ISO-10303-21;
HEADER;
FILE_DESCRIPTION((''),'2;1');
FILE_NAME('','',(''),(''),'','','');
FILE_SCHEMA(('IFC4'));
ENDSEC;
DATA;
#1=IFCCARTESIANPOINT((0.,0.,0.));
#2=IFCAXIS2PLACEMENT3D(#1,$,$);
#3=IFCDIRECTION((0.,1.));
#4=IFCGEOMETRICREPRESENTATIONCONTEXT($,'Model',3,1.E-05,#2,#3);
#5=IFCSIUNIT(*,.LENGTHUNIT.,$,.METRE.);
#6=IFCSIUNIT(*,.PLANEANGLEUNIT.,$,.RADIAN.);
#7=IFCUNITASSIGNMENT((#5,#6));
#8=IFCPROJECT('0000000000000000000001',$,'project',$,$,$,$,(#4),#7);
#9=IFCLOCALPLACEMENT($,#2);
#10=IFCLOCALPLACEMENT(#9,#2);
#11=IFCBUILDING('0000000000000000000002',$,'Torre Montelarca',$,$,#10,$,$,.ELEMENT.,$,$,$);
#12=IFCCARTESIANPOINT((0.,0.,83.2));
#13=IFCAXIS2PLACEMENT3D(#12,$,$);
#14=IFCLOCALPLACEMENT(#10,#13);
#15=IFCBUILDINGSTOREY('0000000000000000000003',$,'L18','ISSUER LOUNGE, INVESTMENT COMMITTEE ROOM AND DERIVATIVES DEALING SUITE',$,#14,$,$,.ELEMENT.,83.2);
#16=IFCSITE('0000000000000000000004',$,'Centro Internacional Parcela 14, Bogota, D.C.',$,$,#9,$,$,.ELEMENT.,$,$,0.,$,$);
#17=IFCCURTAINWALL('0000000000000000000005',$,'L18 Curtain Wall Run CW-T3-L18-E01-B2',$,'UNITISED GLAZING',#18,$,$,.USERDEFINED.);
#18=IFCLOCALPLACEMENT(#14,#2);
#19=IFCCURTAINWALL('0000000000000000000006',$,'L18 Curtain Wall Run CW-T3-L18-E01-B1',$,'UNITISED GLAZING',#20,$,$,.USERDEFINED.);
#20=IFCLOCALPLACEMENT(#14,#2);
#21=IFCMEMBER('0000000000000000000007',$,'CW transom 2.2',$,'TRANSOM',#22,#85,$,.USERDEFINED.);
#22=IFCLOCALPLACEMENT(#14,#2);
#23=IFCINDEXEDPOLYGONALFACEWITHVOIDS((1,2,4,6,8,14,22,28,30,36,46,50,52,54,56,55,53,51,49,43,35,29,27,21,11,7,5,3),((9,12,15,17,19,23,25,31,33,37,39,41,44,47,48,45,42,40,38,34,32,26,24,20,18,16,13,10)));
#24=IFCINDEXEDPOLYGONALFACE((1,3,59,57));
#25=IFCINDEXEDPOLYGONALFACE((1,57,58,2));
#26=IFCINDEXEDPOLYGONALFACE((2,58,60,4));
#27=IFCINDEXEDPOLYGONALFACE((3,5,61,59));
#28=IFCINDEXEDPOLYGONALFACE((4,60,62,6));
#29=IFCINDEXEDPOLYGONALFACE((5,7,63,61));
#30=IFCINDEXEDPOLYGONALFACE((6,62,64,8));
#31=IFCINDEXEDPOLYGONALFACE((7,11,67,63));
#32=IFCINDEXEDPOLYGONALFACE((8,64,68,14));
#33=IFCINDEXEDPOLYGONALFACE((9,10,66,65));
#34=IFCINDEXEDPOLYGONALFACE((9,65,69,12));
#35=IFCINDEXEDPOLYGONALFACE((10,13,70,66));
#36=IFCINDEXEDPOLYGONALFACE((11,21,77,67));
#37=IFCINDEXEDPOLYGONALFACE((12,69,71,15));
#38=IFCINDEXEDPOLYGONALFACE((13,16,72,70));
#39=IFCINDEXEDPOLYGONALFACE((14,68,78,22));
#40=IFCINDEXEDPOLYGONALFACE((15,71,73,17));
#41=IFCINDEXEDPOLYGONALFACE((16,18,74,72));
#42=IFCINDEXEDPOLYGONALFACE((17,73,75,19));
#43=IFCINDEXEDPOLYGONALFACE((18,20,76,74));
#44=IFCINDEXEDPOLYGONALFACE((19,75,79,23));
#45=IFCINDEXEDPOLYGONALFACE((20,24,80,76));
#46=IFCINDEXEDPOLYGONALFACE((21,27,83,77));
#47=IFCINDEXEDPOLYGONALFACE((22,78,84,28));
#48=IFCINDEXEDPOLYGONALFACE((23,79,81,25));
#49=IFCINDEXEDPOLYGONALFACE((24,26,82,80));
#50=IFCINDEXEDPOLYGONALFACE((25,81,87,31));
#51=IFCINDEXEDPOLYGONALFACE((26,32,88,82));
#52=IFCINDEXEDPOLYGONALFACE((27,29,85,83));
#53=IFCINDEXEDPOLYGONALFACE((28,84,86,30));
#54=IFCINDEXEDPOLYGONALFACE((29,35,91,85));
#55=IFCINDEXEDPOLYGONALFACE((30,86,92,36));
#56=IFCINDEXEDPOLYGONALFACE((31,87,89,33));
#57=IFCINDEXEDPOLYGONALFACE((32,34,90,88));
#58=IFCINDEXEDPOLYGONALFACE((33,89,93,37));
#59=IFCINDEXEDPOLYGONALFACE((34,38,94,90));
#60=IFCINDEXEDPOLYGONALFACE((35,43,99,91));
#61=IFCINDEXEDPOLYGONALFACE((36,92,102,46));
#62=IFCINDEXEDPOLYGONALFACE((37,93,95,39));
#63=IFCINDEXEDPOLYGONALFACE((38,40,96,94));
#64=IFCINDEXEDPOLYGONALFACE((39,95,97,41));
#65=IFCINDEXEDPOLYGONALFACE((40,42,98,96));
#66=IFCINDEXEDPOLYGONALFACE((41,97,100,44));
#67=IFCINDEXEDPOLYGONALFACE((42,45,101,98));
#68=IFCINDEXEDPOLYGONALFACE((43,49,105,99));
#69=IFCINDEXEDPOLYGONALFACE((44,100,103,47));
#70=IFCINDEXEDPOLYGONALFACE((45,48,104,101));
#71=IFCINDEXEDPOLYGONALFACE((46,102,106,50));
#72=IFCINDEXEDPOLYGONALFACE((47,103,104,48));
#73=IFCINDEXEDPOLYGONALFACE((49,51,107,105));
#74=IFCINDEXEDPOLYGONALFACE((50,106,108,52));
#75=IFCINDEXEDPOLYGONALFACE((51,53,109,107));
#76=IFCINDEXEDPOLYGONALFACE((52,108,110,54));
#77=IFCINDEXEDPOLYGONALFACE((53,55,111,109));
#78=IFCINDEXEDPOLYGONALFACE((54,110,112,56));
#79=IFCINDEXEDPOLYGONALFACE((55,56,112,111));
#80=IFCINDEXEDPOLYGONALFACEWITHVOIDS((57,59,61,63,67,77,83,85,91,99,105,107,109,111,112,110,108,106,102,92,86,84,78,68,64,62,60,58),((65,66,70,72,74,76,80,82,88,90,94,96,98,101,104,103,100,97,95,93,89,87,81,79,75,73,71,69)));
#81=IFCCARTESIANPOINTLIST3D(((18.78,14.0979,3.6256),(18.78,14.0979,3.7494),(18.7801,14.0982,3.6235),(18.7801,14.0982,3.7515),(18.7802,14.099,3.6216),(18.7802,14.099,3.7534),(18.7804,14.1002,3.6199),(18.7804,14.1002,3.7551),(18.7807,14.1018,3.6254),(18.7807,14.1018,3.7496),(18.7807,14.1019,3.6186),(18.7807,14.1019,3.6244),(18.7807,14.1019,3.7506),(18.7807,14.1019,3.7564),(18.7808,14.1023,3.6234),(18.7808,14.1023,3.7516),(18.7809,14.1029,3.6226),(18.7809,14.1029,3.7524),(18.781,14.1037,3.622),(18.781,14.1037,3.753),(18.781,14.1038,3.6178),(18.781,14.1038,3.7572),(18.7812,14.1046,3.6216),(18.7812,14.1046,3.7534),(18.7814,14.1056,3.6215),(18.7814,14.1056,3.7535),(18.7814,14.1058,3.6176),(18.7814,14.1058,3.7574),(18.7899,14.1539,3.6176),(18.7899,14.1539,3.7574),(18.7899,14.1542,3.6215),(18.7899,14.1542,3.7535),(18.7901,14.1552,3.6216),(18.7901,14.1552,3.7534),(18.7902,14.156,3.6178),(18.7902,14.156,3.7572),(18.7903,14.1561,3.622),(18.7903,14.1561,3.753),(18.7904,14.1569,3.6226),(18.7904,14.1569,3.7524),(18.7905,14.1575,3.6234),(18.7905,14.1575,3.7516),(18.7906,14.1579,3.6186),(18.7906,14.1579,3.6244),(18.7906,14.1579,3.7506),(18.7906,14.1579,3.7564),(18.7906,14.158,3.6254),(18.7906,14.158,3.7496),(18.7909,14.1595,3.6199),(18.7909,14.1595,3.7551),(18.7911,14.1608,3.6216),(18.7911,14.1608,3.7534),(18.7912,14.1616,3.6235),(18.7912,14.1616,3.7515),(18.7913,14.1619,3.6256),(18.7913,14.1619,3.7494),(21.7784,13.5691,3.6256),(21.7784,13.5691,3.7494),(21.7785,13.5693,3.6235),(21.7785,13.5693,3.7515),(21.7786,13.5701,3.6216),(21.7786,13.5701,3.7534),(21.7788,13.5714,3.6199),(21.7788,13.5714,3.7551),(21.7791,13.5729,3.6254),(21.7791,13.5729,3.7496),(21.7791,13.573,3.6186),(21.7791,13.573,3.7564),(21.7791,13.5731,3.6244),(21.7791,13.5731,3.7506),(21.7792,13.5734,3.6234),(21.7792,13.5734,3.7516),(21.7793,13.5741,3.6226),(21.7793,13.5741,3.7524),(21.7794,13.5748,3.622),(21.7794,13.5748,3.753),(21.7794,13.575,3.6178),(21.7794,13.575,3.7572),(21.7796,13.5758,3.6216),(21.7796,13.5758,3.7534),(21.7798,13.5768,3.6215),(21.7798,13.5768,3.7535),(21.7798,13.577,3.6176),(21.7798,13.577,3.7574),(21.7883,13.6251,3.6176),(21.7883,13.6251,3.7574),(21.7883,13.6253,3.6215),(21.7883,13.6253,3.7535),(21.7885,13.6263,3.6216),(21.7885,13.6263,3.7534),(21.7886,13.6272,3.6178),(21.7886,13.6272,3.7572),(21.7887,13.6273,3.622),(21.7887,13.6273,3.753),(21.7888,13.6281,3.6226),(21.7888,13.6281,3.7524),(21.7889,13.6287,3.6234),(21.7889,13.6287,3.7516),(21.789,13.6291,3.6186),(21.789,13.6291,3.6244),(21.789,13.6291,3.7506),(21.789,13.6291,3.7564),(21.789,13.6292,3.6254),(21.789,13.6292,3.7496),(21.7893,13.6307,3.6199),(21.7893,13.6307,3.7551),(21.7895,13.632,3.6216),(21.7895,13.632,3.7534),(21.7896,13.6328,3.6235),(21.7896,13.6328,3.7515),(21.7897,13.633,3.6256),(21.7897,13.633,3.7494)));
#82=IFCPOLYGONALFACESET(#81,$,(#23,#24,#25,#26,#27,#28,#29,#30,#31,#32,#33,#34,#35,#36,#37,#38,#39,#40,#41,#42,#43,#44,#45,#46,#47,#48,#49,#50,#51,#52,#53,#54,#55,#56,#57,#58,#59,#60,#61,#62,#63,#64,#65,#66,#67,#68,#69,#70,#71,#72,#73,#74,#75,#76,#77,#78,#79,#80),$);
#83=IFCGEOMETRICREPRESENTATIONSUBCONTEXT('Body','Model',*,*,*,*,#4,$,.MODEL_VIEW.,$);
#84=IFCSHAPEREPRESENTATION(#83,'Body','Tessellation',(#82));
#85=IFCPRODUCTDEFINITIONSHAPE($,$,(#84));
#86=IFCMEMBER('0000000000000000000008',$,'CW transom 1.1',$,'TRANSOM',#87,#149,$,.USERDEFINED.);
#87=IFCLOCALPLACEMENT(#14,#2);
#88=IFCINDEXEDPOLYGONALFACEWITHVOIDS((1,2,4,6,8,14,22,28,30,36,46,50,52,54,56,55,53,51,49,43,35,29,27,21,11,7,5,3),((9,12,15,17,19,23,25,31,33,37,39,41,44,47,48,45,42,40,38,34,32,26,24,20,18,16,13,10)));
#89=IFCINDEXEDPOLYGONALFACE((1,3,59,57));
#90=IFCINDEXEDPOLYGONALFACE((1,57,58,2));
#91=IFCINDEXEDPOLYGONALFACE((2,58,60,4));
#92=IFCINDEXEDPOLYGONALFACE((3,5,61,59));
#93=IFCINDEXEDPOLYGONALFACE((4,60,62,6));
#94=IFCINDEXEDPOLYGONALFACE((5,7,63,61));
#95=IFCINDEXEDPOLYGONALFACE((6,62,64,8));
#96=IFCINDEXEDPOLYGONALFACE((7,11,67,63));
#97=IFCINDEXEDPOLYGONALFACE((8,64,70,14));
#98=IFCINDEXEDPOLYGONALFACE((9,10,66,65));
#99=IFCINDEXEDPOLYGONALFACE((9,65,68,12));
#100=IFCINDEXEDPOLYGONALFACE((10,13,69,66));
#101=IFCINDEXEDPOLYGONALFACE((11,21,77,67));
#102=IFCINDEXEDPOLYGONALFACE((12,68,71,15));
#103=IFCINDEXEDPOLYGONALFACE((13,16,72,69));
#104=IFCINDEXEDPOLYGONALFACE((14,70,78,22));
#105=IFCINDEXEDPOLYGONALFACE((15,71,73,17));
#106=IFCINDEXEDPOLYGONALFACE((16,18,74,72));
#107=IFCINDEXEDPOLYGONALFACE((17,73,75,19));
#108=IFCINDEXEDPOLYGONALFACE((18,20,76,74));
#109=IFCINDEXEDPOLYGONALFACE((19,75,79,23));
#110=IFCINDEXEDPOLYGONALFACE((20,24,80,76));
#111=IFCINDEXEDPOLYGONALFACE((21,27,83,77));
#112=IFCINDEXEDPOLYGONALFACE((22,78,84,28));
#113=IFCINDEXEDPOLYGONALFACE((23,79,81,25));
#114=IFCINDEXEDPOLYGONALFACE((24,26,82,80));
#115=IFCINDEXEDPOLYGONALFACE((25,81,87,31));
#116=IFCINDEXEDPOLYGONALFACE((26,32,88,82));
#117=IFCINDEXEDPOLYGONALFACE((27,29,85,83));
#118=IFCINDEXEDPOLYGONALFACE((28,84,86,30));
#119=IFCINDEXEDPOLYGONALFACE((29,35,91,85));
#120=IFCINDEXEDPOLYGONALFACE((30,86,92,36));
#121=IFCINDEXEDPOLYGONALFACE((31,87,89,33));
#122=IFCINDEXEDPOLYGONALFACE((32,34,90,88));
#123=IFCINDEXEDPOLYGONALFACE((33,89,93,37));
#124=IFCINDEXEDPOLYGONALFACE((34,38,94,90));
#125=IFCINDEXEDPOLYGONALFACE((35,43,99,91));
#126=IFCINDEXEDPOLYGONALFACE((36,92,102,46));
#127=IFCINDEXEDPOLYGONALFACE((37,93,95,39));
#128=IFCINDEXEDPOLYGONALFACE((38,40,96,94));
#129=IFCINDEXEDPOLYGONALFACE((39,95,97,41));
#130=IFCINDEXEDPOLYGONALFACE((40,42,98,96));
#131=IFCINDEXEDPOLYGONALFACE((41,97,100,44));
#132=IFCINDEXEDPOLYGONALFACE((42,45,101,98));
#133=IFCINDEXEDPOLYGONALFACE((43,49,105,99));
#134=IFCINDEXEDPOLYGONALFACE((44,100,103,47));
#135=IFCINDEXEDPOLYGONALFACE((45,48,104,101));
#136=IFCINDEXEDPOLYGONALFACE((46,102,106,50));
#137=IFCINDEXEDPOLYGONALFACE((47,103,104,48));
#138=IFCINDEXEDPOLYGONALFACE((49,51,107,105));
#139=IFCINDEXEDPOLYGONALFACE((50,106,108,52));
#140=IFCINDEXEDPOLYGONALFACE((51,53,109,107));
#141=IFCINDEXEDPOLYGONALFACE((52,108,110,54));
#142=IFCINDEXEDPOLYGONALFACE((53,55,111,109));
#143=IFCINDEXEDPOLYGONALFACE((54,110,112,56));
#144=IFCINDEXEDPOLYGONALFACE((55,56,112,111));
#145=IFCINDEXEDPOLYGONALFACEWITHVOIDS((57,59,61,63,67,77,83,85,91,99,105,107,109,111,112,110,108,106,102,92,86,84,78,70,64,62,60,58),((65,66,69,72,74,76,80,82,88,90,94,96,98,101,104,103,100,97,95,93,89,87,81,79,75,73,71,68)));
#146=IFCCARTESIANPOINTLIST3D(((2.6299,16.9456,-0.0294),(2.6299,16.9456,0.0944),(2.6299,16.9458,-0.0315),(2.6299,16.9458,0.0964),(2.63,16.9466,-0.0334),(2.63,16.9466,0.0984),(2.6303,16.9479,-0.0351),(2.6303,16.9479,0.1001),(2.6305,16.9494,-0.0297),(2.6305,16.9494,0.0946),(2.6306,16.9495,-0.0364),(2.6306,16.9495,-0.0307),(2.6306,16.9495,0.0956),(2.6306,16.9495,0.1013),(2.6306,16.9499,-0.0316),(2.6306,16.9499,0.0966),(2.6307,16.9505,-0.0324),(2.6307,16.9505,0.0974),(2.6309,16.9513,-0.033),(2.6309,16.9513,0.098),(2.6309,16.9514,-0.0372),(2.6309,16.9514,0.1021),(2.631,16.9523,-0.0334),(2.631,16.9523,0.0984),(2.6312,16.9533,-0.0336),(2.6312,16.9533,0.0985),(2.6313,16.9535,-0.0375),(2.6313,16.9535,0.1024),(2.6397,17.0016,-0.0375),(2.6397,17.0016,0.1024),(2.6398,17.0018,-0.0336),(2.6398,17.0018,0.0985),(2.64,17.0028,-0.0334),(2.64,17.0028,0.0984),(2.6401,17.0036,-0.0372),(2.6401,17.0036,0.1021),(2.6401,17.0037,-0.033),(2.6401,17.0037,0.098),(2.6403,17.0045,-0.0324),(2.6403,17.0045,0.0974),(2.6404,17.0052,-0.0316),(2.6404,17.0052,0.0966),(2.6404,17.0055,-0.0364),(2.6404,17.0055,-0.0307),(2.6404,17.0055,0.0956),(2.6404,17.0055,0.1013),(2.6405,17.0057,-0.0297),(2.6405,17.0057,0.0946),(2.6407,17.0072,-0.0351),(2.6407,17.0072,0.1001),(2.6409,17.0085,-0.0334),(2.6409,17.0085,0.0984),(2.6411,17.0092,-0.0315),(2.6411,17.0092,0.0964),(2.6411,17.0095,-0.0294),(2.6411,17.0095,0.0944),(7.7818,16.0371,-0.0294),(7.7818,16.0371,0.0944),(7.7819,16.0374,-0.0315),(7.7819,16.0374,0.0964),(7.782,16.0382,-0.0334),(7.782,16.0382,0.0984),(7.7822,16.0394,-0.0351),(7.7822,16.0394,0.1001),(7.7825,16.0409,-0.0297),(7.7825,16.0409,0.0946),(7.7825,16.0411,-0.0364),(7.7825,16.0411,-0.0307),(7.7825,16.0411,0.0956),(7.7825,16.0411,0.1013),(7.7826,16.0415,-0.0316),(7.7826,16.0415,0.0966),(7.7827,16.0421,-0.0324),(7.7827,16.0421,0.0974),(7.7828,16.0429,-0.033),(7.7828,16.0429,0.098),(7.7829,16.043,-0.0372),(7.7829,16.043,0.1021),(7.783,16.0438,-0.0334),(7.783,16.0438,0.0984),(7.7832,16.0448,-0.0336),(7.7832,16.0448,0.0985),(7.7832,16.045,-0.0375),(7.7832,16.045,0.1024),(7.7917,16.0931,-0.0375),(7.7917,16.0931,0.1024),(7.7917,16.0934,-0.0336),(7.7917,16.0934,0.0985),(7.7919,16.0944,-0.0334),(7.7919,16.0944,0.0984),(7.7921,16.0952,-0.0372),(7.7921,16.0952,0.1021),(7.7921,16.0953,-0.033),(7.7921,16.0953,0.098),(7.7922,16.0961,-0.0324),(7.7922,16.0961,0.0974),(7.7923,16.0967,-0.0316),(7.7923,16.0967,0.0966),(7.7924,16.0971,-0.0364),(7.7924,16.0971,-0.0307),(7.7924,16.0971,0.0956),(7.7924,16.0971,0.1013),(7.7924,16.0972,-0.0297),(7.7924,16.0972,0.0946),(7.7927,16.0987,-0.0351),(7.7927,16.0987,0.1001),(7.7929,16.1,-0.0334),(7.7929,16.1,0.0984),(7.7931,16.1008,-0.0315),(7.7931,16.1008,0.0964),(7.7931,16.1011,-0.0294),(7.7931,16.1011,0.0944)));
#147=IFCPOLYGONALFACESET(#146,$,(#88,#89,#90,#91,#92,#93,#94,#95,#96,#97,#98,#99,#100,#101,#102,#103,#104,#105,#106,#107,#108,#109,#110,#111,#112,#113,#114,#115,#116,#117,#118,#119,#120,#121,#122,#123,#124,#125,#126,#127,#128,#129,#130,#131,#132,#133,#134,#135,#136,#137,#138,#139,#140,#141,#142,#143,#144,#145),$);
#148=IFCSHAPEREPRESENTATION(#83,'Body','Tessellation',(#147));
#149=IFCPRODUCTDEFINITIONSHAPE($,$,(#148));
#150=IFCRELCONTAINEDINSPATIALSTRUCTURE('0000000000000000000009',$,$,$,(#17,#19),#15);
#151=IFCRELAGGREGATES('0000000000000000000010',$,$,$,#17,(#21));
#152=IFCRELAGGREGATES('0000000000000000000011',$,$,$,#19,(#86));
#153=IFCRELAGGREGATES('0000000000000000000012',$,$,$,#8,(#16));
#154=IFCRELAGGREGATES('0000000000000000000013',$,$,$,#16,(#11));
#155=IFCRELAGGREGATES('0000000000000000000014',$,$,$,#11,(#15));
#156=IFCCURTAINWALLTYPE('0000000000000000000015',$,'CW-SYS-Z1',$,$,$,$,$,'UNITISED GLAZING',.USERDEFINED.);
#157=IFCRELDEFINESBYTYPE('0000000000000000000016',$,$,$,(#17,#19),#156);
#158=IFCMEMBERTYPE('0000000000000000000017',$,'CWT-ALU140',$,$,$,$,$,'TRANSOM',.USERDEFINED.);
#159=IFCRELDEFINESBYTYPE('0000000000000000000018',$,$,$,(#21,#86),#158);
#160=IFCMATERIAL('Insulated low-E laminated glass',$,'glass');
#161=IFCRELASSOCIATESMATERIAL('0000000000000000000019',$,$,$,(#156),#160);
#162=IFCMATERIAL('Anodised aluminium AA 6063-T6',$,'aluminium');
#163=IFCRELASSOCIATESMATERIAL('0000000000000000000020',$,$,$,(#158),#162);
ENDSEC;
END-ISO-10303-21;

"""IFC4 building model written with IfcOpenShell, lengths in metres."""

from ifc_helpers import new_model, si_unit, direction, frame, origin, origin_2d, place, context, subcontext, project, spatial, hollow_rectangle, extrude, source, transform, mapped, material, material_profile, profile_set, type_object, element, aggregate, save


model = new_model("IFC4")

# Units and contexts
model_context = context("Model", 3, precision=1e-05, world=origin(), true_north=direction((0.0, 1.0)))
body_context = subcontext(model_context, "Body", "Model", "MODEL_VIEW")
ifc_project = project(units=[si_unit("LENGTHUNIT", "METRE"), si_unit("PLANEANGLEUNIT", "RADIAN")], contexts=[model_context])

# Site, building, storey
site_placement = place(None, origin())
site = spatial("IfcSite", under=ifc_project, at=site_placement, Name="Centro Internacional Parcela 14, Bogota, D.C.", CompositionType="ELEMENT", RefElevation=0.0)
building_placement = place(site_placement, origin())
building = spatial("IfcBuilding", under=site, at=building_placement, Name="Torre Montelarca", CompositionType="ELEMENT")
storey_placement = place(building_placement, frame((0.0, 0.0, 83.2)))
storey = spatial("IfcBuildingStorey", under=building, at=storey_placement, Name="L18", Description="ISSUER LOUNGE, INVESTMENT COMMITTEE ROOM AND DERIVATIVES DEALING SUITE", CompositionType="ELEMENT", Elevation=83.2)

# Curtain walls
ifc_material_1 = material(Name="Insulated low-E laminated glass", Category="glass")
curtain_wall_type = type_object("IfcCurtainWallType", Name="CW-SYS-Z1", ElementType="UNITISED GLAZING", PredefinedType="USERDEFINED", material=ifc_material_1)
curtain_wall_1_placement = place(storey_placement, origin())
curtain_wall_1 = element("IfcCurtainWall", 1, at=curtain_wall_1_placement, inside=storey, type_object=curtain_wall_type, Name="L18 Curtain Wall Run CW-T3-L18-E01-B2", ObjectType="UNITISED GLAZING", PredefinedType="USERDEFINED")
ifc_material_2 = material(Name="Anodised aluminium AA 6063-T6", Category="aluminium")
ifc_material_profile_1 = material_profile(ifc_material_2, hollow_rectangle(XDim=0.0649, YDim=0.1399, WallThickness=0.0039, InnerFilletRadius=0.0039, OuterFilletRadius=0.0081, at=origin_2d()), Name="ALU65X140X4", Category="aluminium")
ifc_profile_set_1 = profile_set([ifc_material_profile_1], Name="Anodised aluminium AA 6063-T6")
member_type_1 = type_object("IfcMemberType", Name="CWT-ALU140", ElementType="TRANSOM", PredefinedType="USERDEFINED", material=ifc_profile_set_1)
curtain_wall_2_placement = place(storey_placement, origin())
curtain_wall_2 = element("IfcCurtainWall", 2, at=curtain_wall_2_placement, inside=storey, type_object=curtain_wall_type, Name="L18 Curtain Wall Run CW-T3-L18-E01-B1", ObjectType="UNITISED GLAZING", PredefinedType="USERDEFINED")

# Members
shared_shape_1 = source(origin(), body_context, "Body", "SweptSolid", [
    extrude(hollow_rectangle(XDim=0.0649, YDim=0.1399, WallThickness=0.0039, InnerFilletRadius=0.0039, OuterFilletRadius=0.0081, at=origin_2d()), origin(), (0.0, 0.0, 1.0), 3.0447),
])
member_1_placement = place(storey_placement, frame((18.7856, 14.1299, 3.6875), z_axis=(0.984801, -0.173689, 0.0), x_axis=(0.173689, 0.984801, 0.0)))
member_1 = element("IfcMember", 3, at=member_1_placement, type_object=member_type_1, Name="CW transom 2.2", ObjectType="TRANSOM", PredefinedType="USERDEFINED", context=body_context, shape_type="MappedRepresentation", body=[
    mapped(shared_shape_1, transform((0.0, 0.0, 0.0), scale=1.0)),
])
shared_shape_2 = source(origin(), body_context, "Body", "SweptSolid", [
    extrude(hollow_rectangle(XDim=0.0649, YDim=0.1399, WallThickness=0.0039, InnerFilletRadius=0.0039, OuterFilletRadius=0.0081, at=origin_2d()), origin(), (0.0, 0.0, 1.0), 5.2314),
])
member_2_placement = place(storey_placement, frame((2.6355, 16.9775, 0.0325), z_axis=(0.984807, -0.173655, 0.0), x_axis=(0.173655, 0.984807, 0.0)))
member_2 = element("IfcMember", 4, at=member_2_placement, type_object=member_type_1, Name="CW transom 1.1", ObjectType="TRANSOM", PredefinedType="USERDEFINED", context=body_context, shape_type="MappedRepresentation", body=[
    mapped(shared_shape_2, transform((0.0, 0.0, 0.0), scale=1.0)),
])

aggregate(curtain_wall_1, [member_1])
aggregate(curtain_wall_2, [member_2])

save(model, "model.ifc")
